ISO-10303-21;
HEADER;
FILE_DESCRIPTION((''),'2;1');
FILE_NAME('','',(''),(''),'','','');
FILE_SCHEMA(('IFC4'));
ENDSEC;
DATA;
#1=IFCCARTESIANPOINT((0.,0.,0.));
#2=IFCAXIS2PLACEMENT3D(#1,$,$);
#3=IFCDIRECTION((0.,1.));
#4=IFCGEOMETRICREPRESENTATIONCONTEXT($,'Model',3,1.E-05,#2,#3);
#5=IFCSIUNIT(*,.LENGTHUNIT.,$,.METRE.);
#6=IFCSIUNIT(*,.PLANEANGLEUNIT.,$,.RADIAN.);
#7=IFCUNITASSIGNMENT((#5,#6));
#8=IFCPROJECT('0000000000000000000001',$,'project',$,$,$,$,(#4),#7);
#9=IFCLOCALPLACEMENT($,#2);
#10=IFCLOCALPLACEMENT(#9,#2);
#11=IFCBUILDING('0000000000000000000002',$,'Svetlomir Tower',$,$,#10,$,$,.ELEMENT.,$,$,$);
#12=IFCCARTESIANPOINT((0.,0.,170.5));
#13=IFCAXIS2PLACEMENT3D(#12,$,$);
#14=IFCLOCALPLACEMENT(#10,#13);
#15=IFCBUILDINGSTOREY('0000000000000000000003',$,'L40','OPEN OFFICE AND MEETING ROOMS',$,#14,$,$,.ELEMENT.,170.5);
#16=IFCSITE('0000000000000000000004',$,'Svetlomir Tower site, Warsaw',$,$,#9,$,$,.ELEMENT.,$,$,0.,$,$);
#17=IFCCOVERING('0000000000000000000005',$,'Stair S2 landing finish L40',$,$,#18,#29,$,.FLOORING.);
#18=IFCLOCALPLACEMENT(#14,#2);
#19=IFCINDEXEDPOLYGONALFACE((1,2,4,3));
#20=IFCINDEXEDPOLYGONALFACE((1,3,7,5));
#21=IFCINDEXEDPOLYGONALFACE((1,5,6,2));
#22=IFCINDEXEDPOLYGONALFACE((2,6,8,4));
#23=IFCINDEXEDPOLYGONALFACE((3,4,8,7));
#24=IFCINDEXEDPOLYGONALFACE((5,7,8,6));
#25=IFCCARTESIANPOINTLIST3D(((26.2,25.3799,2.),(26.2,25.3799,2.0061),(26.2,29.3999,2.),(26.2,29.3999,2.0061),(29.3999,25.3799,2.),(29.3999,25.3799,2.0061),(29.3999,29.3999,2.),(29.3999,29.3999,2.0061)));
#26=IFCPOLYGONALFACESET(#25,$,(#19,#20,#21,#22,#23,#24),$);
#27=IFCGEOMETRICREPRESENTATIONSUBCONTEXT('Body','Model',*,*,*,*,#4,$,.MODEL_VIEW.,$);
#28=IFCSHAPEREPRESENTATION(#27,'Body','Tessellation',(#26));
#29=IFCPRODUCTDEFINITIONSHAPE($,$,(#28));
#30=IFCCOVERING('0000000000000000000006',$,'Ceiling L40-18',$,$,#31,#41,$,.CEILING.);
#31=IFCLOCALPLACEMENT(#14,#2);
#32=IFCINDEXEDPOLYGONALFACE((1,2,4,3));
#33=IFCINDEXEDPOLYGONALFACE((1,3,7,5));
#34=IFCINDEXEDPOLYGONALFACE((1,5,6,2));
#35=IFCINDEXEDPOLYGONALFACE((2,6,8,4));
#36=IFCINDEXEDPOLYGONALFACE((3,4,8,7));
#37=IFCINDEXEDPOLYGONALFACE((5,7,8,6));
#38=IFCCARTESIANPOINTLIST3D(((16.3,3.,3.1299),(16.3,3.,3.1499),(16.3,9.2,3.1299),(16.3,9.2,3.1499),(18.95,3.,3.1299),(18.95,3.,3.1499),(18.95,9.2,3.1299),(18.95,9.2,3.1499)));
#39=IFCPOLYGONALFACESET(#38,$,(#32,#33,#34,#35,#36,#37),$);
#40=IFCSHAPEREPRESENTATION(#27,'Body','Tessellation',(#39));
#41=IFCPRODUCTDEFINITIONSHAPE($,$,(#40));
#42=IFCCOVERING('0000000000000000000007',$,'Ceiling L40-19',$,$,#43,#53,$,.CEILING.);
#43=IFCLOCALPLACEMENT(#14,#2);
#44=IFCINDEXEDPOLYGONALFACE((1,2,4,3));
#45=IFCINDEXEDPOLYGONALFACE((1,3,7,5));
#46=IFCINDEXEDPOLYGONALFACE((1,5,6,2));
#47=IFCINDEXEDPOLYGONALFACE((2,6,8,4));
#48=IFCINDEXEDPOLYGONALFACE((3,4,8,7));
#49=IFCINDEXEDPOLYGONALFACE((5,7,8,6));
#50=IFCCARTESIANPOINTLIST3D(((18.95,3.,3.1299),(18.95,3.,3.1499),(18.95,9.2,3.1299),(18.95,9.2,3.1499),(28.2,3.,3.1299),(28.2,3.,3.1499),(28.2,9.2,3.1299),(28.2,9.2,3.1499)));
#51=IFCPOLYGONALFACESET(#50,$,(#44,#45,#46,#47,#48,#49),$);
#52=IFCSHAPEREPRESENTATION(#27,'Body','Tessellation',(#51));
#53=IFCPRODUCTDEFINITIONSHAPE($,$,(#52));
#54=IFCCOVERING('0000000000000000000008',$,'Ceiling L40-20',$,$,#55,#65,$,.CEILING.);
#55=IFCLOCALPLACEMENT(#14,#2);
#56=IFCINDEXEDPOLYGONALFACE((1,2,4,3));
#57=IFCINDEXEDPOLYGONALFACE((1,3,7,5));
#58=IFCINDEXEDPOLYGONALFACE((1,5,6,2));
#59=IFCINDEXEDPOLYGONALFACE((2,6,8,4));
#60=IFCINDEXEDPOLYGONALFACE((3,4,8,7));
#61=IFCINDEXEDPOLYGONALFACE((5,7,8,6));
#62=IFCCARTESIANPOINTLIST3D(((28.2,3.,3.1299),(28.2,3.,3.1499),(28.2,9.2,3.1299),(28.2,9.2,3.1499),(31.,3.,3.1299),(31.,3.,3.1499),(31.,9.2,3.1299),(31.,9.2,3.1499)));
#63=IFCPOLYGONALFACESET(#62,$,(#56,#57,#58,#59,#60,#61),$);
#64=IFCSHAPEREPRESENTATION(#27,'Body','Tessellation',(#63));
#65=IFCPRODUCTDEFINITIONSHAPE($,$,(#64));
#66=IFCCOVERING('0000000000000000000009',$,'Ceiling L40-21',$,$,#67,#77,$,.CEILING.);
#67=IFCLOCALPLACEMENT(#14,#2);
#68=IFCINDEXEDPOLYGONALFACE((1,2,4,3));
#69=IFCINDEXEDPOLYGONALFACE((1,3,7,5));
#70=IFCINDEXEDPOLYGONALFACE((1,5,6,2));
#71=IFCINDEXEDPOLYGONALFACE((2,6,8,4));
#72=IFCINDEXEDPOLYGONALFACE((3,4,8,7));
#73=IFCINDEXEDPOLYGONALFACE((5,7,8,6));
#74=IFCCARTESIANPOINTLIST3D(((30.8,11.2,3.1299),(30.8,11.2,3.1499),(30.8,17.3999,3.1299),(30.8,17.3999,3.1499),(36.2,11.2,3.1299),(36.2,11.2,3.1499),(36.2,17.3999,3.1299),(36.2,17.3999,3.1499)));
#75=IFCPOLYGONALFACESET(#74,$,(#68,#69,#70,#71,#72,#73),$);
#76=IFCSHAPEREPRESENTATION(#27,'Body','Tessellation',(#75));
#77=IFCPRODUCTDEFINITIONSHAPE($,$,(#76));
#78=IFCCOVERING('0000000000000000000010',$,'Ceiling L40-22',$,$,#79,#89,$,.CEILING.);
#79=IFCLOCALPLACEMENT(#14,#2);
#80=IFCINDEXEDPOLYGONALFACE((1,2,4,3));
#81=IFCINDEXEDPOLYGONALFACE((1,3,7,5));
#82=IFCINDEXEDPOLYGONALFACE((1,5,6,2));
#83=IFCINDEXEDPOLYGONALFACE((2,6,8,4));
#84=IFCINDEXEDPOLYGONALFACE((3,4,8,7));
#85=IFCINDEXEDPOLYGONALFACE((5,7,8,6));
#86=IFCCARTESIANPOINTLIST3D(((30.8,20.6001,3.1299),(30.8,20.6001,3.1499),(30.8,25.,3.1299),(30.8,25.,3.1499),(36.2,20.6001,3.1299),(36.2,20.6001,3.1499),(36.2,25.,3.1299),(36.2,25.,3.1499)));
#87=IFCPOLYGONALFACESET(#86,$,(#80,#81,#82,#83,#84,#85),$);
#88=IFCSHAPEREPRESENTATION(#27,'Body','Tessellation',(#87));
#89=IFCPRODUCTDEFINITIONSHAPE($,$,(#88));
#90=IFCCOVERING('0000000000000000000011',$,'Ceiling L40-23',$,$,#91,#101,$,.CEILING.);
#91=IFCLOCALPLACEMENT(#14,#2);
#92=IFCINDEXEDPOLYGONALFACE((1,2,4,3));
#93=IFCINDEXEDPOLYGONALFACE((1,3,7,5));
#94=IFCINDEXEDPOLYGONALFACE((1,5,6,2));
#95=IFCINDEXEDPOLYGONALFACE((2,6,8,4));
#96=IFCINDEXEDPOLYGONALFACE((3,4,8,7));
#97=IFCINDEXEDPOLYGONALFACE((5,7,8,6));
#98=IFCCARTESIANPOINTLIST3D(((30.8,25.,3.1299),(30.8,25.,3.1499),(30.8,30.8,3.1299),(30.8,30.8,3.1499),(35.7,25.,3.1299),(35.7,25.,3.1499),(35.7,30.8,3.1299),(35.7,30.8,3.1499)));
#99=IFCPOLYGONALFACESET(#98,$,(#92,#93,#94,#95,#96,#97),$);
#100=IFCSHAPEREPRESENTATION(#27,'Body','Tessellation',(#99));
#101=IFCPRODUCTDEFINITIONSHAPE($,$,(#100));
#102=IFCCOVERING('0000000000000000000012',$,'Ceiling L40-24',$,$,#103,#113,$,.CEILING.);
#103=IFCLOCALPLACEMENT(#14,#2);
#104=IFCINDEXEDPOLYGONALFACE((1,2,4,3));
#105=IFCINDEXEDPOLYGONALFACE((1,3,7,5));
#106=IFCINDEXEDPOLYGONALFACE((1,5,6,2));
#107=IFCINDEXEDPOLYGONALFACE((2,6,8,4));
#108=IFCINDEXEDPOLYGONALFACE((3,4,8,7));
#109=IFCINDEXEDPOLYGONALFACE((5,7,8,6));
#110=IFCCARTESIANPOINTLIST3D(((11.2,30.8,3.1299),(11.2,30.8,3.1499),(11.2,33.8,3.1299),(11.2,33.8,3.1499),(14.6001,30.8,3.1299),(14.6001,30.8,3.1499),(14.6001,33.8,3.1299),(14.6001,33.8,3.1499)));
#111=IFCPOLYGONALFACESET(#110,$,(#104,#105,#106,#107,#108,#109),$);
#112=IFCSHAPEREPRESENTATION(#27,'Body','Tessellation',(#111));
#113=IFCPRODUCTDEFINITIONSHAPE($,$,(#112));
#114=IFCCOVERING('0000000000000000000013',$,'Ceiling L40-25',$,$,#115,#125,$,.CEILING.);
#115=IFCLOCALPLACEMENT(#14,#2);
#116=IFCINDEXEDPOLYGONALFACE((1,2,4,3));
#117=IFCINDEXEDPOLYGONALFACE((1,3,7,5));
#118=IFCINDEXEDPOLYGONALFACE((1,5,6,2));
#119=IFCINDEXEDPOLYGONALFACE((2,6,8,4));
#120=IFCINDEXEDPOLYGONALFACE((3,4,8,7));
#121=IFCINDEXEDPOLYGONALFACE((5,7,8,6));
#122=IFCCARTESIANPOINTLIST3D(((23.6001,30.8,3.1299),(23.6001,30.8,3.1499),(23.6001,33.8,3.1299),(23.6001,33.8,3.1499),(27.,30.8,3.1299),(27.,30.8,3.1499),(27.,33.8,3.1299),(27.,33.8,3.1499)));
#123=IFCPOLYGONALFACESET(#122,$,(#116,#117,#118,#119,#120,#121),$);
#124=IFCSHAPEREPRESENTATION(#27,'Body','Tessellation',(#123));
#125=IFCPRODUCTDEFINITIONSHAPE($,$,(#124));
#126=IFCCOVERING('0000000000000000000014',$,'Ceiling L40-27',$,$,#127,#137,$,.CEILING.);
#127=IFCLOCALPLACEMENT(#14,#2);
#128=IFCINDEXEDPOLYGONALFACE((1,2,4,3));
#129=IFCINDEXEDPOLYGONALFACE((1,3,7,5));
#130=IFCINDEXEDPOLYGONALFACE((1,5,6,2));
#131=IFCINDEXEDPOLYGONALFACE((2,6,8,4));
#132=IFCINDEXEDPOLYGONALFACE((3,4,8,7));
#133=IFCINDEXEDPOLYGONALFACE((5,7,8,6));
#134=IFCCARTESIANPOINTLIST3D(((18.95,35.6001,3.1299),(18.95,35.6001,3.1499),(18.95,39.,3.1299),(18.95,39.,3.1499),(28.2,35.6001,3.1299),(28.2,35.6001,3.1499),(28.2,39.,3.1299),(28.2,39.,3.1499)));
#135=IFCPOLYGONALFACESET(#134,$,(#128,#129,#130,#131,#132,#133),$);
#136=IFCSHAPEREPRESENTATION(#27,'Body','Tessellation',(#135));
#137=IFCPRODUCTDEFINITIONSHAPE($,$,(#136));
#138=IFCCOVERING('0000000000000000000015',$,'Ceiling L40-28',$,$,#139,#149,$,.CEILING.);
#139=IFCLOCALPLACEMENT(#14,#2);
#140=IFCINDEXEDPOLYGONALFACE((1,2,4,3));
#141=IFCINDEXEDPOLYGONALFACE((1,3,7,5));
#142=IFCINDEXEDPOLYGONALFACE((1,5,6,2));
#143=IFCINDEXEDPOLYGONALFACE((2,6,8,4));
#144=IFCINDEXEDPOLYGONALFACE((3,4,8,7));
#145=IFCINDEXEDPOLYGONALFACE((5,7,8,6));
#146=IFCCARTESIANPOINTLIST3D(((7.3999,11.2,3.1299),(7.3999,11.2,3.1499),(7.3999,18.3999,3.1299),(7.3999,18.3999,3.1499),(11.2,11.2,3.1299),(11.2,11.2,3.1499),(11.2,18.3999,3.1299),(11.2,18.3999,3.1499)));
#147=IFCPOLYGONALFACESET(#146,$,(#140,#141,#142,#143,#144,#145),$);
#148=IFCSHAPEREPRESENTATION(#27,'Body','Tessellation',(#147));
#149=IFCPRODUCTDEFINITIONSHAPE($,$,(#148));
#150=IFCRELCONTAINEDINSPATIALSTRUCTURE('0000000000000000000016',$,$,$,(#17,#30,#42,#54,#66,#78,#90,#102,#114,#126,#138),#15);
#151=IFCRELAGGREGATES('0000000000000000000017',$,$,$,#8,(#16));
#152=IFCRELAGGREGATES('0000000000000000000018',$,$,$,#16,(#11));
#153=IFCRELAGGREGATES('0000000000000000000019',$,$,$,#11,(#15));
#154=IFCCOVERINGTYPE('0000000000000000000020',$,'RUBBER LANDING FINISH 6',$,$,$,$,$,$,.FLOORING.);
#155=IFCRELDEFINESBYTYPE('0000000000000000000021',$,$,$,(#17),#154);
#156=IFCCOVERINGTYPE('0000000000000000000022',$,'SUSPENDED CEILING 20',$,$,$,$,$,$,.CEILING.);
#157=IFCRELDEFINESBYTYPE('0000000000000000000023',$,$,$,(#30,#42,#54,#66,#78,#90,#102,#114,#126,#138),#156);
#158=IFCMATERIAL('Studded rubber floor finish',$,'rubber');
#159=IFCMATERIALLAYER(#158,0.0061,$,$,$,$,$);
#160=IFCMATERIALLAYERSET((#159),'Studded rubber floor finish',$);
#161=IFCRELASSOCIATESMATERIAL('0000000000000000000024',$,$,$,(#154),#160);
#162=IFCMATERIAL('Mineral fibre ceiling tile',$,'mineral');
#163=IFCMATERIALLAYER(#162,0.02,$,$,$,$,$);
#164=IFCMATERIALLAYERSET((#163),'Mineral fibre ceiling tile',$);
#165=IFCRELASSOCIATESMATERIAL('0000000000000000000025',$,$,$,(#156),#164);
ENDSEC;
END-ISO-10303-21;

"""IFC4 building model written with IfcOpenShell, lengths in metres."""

from ifc_helpers import new_model, si_unit, direction, frame, origin, place, context, subcontext, project, spatial, polyline, outline, extrude, material, layer, layer_set, type_object, element, save


model = new_model("IFC4")

# Units and contexts
model_context = context("Model", 3, precision=1e-05, world=origin(), true_north=direction((0.0, 1.0)))
body_context = subcontext(model_context, "Body", "Model", "MODEL_VIEW")
ifc_project = project(units=[si_unit("LENGTHUNIT", "METRE"), si_unit("PLANEANGLEUNIT", "RADIAN")], contexts=[model_context])

# Site, building, storey
site_placement = place(None, origin())
site = spatial("IfcSite", under=ifc_project, at=site_placement, Name="Svetlomir Tower site, Warsaw", CompositionType="ELEMENT", RefElevation=0.0)
building_placement = place(site_placement, origin())
building = spatial("IfcBuilding", under=site, at=building_placement, Name="Svetlomir Tower", CompositionType="ELEMENT")
storey_placement = place(building_placement, frame((0.0, 0.0, 170.5)))
storey = spatial("IfcBuildingStorey", under=building, at=storey_placement, Name="L40", Description="OPEN OFFICE AND MEETING ROOMS", CompositionType="ELEMENT", Elevation=170.5)

# Coverings
ifc_material_1 = material(Name="Studded rubber floor finish", Category="rubber")
ifc_layer_1 = layer(ifc_material_1, 0.0061)
ifc_layer_set_1 = layer_set([ifc_layer_1], Name="Studded rubber floor finish")
covering_type_1 = type_object("IfcCoveringType", Name="RUBBER LANDING FINISH 6", PredefinedType="FLOORING", material=ifc_layer_set_1)
covering_1_placement = place(storey_placement, frame((0.0, 0.0, 2.0)))
element("IfcCovering", 1, at=covering_1_placement, inside=storey, type_object=covering_type_1, Name="Stair S2 landing finish L40", PredefinedType="FLOORING", context=body_context, shape_type="SweptSolid", body=[
    extrude(outline(polyline([(26.2, 25.3799), (29.3999, 25.3799), (29.3999, 29.3999), (26.2, 29.3999), (26.2, 25.3799)])), origin(), (0.0, 0.0, 1.0), 0.0061),
])
ifc_material_2 = material(Name="Mineral fibre ceiling tile", Category="mineral")
ifc_layer_2 = layer(ifc_material_2, 0.02)
ifc_layer_set_2 = layer_set([ifc_layer_2], Name="Mineral fibre ceiling tile")
covering_type_2 = type_object("IfcCoveringType", Name="SUSPENDED CEILING 20", PredefinedType="CEILING", material=ifc_layer_set_2)
covering_2_placement = place(storey_placement, frame((0.0, 0.0, 3.1299)))
element("IfcCovering", 2, at=covering_2_placement, inside=storey, type_object=covering_type_2, Name="Ceiling L40-18", PredefinedType="CEILING", context=body_context, shape_type="SweptSolid", body=[
    extrude(outline(polyline([(16.3, 3.0), (18.95, 3.0), (18.95, 9.2), (16.3, 9.2), (16.3, 3.0)])), origin(), (0.0, 0.0, 1.0), 0.02),
])
covering_3_placement = place(storey_placement, frame((0.0, 0.0, 3.1299)))
element("IfcCovering", 3, at=covering_3_placement, inside=storey, type_object=covering_type_2, Name="Ceiling L40-19", PredefinedType="CEILING", context=body_context, shape_type="SweptSolid", body=[
    extrude(outline(polyline([(18.95, 3.0), (28.2, 3.0), (28.2, 9.2), (18.95, 9.2), (18.95, 3.0)])), origin(), (0.0, 0.0, 1.0), 0.02),
])
covering_4_placement = place(storey_placement, frame((0.0, 0.0, 3.1299)))
element("IfcCovering", 4, at=covering_4_placement, inside=storey, type_object=covering_type_2, Name="Ceiling L40-20", PredefinedType="CEILING", context=body_context, shape_type="SweptSolid", body=[
    extrude(outline(polyline([(28.2, 3.0), (31.0, 3.0), (31.0, 9.2), (28.2, 9.2), (28.2, 3.0)])), origin(), (0.0, 0.0, 1.0), 0.02),
])
covering_5_placement = place(storey_placement, frame((0.0, 0.0, 3.1299)))
element("IfcCovering", 5, at=covering_5_placement, inside=storey, type_object=covering_type_2, Name="Ceiling L40-21", PredefinedType="CEILING", context=body_context, shape_type="SweptSolid", body=[
    extrude(outline(polyline([(30.8, 11.2), (36.2, 11.2), (36.2, 17.3999), (30.8, 17.3999), (30.8, 11.2)])), origin(), (0.0, 0.0, 1.0), 0.02),
])
covering_6_placement = place(storey_placement, frame((0.0, 0.0, 3.1299)))
element("IfcCovering", 6, at=covering_6_placement, inside=storey, type_object=covering_type_2, Name="Ceiling L40-22", PredefinedType="CEILING", context=body_context, shape_type="SweptSolid", body=[
    extrude(outline(polyline([(30.8, 20.6001), (36.2, 20.6001), (36.2, 25.0), (30.8, 25.0), (30.8, 20.6001)])), origin(), (0.0, 0.0, 1.0), 0.02),
])
covering_7_placement = place(storey_placement, frame((0.0, 0.0, 3.1299)))
element("IfcCovering", 7, at=covering_7_placement, inside=storey, type_object=covering_type_2, Name="Ceiling L40-23", PredefinedType="CEILING", context=body_context, shape_type="SweptSolid", body=[
    extrude(outline(polyline([(30.8, 25.0), (35.7, 25.0), (35.7, 30.8), (30.8, 30.8), (30.8, 25.0)])), origin(), (0.0, 0.0, 1.0), 0.02),
])
covering_8_placement = place(storey_placement, frame((0.0, 0.0, 3.1299)))
element("IfcCovering", 8, at=covering_8_placement, inside=storey, type_object=covering_type_2, Name="Ceiling L40-24", PredefinedType="CEILING", context=body_context, shape_type="SweptSolid", body=[
    extrude(outline(polyline([(11.2, 30.8), (14.6001, 30.8), (14.6001, 33.8), (11.2, 33.8), (11.2, 30.8)])), origin(), (0.0, 0.0, 1.0), 0.02),
])
covering_9_placement = place(storey_placement, frame((0.0, 0.0, 3.1299)))
element("IfcCovering", 9, at=covering_9_placement, inside=storey, type_object=covering_type_2, Name="Ceiling L40-25", PredefinedType="CEILING", context=body_context, shape_type="SweptSolid", body=[
    extrude(outline(polyline([(23.6001, 30.8), (27.0, 30.8), (27.0, 33.8), (23.6001, 33.8), (23.6001, 30.8)])), origin(), (0.0, 0.0, 1.0), 0.02),
])
covering_10_placement = place(storey_placement, frame((0.0, 0.0, 3.1299)))
element("IfcCovering", 10, at=covering_10_placement, inside=storey, type_object=covering_type_2, Name="Ceiling L40-27", PredefinedType="CEILING", context=body_context, shape_type="SweptSolid", body=[
    extrude(outline(polyline([(18.95, 35.6001), (28.2, 35.6001), (28.2, 39.0), (18.95, 39.0), (18.95, 35.6001)])), origin(), (0.0, 0.0, 1.0), 0.02),
])
covering_11_placement = place(storey_placement, frame((0.0, 0.0, 3.1299)))
element("IfcCovering", 11, at=covering_11_placement, inside=storey, type_object=covering_type_2, Name="Ceiling L40-28", PredefinedType="CEILING", context=body_context, shape_type="SweptSolid", body=[
    extrude(outline(polyline([(7.3999, 11.2), (11.2, 11.2), (11.2, 18.3999), (7.3999, 18.3999), (7.3999, 11.2)])), origin(), (0.0, 0.0, 1.0), 0.02),
])

save(model, "model.ifc")
